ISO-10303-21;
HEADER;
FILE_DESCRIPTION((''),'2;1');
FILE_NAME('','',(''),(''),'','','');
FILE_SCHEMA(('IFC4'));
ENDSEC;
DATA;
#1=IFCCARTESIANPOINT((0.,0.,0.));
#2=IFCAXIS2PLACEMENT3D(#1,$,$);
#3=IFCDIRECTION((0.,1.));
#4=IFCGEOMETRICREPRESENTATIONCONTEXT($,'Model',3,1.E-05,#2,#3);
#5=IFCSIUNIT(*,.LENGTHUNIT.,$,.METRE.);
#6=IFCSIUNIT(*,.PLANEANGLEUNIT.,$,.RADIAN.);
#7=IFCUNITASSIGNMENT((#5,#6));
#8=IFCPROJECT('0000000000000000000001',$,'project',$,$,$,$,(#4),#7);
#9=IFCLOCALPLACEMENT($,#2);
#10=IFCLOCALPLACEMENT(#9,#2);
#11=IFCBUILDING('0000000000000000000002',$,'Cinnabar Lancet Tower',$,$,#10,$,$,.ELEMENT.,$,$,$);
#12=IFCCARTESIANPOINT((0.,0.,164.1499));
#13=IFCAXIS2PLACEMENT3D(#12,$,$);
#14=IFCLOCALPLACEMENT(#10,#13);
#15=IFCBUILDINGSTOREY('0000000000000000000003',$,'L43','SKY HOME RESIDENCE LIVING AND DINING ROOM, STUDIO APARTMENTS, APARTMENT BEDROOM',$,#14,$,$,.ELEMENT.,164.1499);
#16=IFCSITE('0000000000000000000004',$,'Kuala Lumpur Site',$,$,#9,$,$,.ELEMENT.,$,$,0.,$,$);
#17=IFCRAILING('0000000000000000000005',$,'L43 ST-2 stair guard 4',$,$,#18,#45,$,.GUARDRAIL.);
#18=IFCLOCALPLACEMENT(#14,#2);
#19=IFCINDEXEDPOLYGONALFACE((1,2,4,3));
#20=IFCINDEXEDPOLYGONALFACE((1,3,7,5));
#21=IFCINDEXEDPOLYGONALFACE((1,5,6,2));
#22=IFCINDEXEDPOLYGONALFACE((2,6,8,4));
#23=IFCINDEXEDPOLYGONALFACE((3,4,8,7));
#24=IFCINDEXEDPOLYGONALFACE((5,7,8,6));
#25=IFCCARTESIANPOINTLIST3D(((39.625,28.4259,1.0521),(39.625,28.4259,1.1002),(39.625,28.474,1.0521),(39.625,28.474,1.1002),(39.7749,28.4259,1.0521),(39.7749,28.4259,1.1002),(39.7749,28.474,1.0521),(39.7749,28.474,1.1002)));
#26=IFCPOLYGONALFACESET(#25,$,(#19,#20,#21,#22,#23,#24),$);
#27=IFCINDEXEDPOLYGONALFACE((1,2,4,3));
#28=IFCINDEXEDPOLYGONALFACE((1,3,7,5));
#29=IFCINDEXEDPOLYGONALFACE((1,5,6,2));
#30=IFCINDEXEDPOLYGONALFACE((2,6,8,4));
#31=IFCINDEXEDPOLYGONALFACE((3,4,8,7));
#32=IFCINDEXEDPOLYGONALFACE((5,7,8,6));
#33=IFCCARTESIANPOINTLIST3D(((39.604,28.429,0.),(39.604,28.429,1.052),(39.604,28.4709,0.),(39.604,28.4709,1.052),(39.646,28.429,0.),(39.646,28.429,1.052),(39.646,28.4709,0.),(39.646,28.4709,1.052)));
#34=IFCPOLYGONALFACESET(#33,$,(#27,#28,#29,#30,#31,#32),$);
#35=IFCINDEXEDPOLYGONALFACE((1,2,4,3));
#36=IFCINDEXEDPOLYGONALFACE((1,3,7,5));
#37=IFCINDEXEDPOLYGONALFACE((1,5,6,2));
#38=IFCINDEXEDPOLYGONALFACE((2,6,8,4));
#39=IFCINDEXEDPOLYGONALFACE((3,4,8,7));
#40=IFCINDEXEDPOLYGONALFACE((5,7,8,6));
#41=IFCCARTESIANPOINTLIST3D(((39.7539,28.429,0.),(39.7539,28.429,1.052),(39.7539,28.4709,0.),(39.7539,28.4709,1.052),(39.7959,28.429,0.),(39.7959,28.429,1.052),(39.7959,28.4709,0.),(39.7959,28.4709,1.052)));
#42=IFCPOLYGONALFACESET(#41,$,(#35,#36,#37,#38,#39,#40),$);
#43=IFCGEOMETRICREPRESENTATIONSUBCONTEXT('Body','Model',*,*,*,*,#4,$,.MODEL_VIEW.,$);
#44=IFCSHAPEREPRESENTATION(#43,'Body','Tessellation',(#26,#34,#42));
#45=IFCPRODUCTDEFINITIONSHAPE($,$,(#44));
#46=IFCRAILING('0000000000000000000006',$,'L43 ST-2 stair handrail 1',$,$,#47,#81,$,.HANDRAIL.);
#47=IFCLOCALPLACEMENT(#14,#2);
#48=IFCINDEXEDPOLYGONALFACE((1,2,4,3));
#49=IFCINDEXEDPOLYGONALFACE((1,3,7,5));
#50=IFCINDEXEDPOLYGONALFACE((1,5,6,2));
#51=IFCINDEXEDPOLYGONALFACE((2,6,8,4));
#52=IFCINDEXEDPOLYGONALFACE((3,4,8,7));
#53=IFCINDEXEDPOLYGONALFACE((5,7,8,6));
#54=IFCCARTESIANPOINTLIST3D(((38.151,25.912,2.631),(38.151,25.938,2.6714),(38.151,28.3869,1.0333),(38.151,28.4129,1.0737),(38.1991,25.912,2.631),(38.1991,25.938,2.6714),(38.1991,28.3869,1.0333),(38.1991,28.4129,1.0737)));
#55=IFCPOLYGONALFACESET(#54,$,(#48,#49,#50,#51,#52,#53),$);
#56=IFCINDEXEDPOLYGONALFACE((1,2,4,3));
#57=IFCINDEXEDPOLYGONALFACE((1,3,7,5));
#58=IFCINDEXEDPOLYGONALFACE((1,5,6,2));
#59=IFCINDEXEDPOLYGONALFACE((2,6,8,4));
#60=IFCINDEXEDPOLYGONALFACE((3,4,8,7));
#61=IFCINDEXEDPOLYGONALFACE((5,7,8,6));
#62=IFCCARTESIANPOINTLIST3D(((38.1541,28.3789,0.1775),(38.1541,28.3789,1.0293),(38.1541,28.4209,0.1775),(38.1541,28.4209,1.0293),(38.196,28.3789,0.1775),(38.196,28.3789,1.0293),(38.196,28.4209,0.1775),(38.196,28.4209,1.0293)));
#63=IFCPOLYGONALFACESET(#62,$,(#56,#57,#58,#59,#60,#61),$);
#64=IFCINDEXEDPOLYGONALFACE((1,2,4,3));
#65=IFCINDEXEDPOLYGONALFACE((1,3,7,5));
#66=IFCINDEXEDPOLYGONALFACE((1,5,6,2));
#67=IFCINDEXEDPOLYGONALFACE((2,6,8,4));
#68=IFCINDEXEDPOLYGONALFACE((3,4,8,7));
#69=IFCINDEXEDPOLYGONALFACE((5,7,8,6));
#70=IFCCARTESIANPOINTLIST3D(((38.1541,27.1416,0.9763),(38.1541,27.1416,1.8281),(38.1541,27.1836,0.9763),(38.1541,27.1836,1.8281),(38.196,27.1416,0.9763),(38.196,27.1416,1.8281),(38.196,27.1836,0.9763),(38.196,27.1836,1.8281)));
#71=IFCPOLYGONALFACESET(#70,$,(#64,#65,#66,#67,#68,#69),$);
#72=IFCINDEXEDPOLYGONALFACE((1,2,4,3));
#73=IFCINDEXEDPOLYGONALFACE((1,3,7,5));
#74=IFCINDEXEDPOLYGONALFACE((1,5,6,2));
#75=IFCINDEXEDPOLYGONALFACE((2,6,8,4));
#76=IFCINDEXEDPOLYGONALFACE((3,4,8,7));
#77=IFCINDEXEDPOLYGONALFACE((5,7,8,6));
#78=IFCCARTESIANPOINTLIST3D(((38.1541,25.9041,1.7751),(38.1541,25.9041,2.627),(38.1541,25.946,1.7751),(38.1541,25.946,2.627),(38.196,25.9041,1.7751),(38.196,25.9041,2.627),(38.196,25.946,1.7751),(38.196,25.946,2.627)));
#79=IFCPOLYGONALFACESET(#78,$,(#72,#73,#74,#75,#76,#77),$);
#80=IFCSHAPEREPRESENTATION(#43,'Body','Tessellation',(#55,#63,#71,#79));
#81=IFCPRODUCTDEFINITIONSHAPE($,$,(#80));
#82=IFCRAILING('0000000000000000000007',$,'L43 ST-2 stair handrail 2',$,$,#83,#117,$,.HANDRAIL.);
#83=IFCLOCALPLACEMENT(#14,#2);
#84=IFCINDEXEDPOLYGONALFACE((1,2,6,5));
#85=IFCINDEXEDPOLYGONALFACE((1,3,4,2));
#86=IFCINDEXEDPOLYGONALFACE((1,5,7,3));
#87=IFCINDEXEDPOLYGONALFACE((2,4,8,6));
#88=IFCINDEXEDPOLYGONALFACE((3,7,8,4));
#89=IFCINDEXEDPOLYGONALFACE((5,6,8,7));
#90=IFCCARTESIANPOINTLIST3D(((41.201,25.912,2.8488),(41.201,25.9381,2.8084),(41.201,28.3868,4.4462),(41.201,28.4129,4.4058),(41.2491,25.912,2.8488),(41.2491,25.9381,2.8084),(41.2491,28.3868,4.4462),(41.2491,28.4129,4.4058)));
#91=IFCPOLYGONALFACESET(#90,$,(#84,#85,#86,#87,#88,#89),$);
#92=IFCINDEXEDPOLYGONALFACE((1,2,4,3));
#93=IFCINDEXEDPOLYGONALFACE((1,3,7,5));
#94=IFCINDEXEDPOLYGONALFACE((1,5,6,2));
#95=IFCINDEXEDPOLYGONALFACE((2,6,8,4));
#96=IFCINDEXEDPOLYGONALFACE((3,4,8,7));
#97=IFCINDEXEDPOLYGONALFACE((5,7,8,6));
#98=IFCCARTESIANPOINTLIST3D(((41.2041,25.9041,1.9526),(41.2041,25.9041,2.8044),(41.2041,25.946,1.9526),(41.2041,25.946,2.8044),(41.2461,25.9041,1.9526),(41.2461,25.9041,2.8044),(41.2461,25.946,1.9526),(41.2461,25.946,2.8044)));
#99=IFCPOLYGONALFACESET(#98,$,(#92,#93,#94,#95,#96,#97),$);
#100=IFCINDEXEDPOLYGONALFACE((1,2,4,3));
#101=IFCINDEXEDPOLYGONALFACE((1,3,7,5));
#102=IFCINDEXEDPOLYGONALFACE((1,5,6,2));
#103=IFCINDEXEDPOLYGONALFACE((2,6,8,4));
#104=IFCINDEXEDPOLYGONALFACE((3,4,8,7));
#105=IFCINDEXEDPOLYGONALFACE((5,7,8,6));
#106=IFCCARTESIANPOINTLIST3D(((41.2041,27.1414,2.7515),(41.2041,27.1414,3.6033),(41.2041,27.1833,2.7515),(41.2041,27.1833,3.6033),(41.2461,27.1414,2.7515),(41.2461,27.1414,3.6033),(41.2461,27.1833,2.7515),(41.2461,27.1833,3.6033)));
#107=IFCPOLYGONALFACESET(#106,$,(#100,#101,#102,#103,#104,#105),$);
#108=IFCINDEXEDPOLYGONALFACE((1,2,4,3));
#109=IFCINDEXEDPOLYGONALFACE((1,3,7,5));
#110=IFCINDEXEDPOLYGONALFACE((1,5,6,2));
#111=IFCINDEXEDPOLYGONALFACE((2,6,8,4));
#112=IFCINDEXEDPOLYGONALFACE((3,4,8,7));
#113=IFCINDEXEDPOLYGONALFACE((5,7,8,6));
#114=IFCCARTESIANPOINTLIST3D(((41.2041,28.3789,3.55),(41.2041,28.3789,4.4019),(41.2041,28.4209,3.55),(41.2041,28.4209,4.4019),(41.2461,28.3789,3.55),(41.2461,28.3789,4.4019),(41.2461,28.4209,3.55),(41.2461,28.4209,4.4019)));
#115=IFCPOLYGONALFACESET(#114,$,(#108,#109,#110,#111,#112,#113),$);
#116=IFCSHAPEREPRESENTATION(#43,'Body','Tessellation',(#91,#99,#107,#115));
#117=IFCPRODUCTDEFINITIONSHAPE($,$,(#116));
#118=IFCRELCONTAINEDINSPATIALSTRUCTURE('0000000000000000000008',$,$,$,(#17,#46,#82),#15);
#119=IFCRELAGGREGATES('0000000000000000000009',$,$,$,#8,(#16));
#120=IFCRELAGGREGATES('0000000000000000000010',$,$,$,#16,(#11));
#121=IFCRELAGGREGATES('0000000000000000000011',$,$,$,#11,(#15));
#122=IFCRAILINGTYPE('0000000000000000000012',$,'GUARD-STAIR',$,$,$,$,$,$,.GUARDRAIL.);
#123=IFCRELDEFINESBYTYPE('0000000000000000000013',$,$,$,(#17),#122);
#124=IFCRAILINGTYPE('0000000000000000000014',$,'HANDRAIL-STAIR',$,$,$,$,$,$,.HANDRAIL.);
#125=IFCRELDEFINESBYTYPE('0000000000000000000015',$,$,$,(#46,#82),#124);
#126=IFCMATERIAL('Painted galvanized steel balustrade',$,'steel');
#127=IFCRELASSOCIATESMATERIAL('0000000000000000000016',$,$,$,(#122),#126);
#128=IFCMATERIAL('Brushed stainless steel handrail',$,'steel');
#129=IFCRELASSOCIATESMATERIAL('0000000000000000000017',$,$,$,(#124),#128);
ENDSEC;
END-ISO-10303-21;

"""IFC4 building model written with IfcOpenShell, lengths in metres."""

from ifc_helpers import new_model, si_unit, direction, frame, origin, origin_2d, place, context, subcontext, project, spatial, rectangle, extrude, material, type_object, element, save


model = new_model("IFC4")

# Units and contexts
model_context = context("Model", 3, precision=1e-05, world=origin(), true_north=direction((0.0, 1.0)))
body_context = subcontext(model_context, "Body", "Model", "MODEL_VIEW")
ifc_project = project(units=[si_unit("LENGTHUNIT", "METRE"), si_unit("PLANEANGLEUNIT", "RADIAN")], contexts=[model_context])

# Site, building, storey
site_placement = place(None, origin())
site = spatial("IfcSite", under=ifc_project, at=site_placement, Name="Kuala Lumpur Site", CompositionType="ELEMENT", RefElevation=0.0)
building_placement = place(site_placement, origin())
building = spatial("IfcBuilding", under=site, at=building_placement, Name="Cinnabar Lancet Tower", CompositionType="ELEMENT")
storey_placement = place(building_placement, frame((0.0, 0.0, 164.1499)))
storey = spatial("IfcBuildingStorey", under=building, at=storey_placement, Name="L43", Description="SKY HOME RESIDENCE LIVING AND DINING ROOM, STUDIO APARTMENTS, APARTMENT BEDROOM", CompositionType="ELEMENT", Elevation=164.1499)

# Railings
ifc_material_1 = material(Name="Painted galvanized steel balustrade", Category="steel")
railing_type_1 = type_object("IfcRailingType", Name="GUARD-STAIR", PredefinedType="GUARDRAIL", material=ifc_material_1)
railing_1_placement = place(storey_placement, frame((39.625, 28.45, 0.0)))
element("IfcRailing", 1, at=railing_1_placement, inside=storey, type_object=railing_type_1, Name="L43 ST-2 stair guard 4", PredefinedType="GUARDRAIL", context=body_context, shape_type="SweptSolid", body=[
    extrude(rectangle(XDim=0.0481, YDim=0.0481, at=origin_2d()), frame((0.0, 0.0, 1.0762), z_axis=(1.0, 0.0, 0.0), x_axis=(0.0, 1.0, 0.0)), (0.0, 0.0, 1.0), 0.1499),
    extrude(rectangle(XDim=0.042, YDim=0.042, at=origin_2d()), origin(), (0.0, 0.0, 1.0), 1.052),
    extrude(rectangle(XDim=0.042, YDim=0.042, at=origin_2d()), frame((0.1499, 0.0, 0.0)), (0.0, 0.0, 1.0), 1.052),
])
ifc_material_2 = material(Name="Brushed stainless steel handrail", Category="steel")
railing_type_2 = type_object("IfcRailingType", Name="HANDRAIL-STAIR", PredefinedType="HANDRAIL", material=ifc_material_2)
railing_2_placement = place(storey_placement, frame((38.175, 28.3999, 0.1775)))
element("IfcRailing", 2, at=railing_2_placement, inside=storey, type_object=railing_type_2, Name="L43 ST-2 stair handrail 1", PredefinedType="HANDRAIL", context=body_context, shape_type="SweptSolid", body=[
    extrude(rectangle(XDim=0.0481, YDim=0.0481, at=origin_2d()), frame((0.0, 0.0, 0.876), z_axis=(0.0, -0.840146, 0.542361), x_axis=(1.0, 0.0, 0.0)), (0.0, 0.0, 1.0), 2.9458),
    extrude(rectangle(XDim=0.042, YDim=0.042, at=origin_2d()), origin(), (0.0, 0.0, 1.0), 0.8518),
    extrude(rectangle(XDim=0.042, YDim=0.042, at=origin_2d()), frame((0.0, -1.2373, 0.7988)), (0.0, 0.0, 1.0), 0.8518),
    extrude(rectangle(XDim=0.042, YDim=0.042, at=origin_2d()), frame((0.0, -2.4749, 1.5977)), (0.0, 0.0, 1.0), 0.8518),
])
railing_3_placement = place(storey_placement, frame((41.2251, 25.925, 1.9526)))
element("IfcRailing", 3, at=railing_3_placement, inside=storey, type_object=railing_type_2, Name="L43 ST-2 stair handrail 2", PredefinedType="HANDRAIL", context=body_context, shape_type="SweptSolid", body=[
    extrude(rectangle(XDim=0.0481, YDim=0.0481, at=origin_2d()), frame((0.0, 0.0, 0.876), z_axis=(0.0, 0.840183, 0.542302), x_axis=(-1.0, 0.0, 0.0)), (0.0, 0.0, 1.0), 2.9456),
    extrude(rectangle(XDim=0.042, YDim=0.042, at=origin_2d()), origin(), (0.0, 0.0, 1.0), 0.8518),
    extrude(rectangle(XDim=0.042, YDim=0.042, at=origin_2d()), frame((0.0, 1.2373, 0.7988)), (0.0, 0.0, 1.0), 0.8518),
    extrude(rectangle(XDim=0.042, YDim=0.042, at=origin_2d()), frame((0.0, 2.4749, 1.5974)), (0.0, 0.0, 1.0), 0.8518),
])

save(model, "model.ifc")
